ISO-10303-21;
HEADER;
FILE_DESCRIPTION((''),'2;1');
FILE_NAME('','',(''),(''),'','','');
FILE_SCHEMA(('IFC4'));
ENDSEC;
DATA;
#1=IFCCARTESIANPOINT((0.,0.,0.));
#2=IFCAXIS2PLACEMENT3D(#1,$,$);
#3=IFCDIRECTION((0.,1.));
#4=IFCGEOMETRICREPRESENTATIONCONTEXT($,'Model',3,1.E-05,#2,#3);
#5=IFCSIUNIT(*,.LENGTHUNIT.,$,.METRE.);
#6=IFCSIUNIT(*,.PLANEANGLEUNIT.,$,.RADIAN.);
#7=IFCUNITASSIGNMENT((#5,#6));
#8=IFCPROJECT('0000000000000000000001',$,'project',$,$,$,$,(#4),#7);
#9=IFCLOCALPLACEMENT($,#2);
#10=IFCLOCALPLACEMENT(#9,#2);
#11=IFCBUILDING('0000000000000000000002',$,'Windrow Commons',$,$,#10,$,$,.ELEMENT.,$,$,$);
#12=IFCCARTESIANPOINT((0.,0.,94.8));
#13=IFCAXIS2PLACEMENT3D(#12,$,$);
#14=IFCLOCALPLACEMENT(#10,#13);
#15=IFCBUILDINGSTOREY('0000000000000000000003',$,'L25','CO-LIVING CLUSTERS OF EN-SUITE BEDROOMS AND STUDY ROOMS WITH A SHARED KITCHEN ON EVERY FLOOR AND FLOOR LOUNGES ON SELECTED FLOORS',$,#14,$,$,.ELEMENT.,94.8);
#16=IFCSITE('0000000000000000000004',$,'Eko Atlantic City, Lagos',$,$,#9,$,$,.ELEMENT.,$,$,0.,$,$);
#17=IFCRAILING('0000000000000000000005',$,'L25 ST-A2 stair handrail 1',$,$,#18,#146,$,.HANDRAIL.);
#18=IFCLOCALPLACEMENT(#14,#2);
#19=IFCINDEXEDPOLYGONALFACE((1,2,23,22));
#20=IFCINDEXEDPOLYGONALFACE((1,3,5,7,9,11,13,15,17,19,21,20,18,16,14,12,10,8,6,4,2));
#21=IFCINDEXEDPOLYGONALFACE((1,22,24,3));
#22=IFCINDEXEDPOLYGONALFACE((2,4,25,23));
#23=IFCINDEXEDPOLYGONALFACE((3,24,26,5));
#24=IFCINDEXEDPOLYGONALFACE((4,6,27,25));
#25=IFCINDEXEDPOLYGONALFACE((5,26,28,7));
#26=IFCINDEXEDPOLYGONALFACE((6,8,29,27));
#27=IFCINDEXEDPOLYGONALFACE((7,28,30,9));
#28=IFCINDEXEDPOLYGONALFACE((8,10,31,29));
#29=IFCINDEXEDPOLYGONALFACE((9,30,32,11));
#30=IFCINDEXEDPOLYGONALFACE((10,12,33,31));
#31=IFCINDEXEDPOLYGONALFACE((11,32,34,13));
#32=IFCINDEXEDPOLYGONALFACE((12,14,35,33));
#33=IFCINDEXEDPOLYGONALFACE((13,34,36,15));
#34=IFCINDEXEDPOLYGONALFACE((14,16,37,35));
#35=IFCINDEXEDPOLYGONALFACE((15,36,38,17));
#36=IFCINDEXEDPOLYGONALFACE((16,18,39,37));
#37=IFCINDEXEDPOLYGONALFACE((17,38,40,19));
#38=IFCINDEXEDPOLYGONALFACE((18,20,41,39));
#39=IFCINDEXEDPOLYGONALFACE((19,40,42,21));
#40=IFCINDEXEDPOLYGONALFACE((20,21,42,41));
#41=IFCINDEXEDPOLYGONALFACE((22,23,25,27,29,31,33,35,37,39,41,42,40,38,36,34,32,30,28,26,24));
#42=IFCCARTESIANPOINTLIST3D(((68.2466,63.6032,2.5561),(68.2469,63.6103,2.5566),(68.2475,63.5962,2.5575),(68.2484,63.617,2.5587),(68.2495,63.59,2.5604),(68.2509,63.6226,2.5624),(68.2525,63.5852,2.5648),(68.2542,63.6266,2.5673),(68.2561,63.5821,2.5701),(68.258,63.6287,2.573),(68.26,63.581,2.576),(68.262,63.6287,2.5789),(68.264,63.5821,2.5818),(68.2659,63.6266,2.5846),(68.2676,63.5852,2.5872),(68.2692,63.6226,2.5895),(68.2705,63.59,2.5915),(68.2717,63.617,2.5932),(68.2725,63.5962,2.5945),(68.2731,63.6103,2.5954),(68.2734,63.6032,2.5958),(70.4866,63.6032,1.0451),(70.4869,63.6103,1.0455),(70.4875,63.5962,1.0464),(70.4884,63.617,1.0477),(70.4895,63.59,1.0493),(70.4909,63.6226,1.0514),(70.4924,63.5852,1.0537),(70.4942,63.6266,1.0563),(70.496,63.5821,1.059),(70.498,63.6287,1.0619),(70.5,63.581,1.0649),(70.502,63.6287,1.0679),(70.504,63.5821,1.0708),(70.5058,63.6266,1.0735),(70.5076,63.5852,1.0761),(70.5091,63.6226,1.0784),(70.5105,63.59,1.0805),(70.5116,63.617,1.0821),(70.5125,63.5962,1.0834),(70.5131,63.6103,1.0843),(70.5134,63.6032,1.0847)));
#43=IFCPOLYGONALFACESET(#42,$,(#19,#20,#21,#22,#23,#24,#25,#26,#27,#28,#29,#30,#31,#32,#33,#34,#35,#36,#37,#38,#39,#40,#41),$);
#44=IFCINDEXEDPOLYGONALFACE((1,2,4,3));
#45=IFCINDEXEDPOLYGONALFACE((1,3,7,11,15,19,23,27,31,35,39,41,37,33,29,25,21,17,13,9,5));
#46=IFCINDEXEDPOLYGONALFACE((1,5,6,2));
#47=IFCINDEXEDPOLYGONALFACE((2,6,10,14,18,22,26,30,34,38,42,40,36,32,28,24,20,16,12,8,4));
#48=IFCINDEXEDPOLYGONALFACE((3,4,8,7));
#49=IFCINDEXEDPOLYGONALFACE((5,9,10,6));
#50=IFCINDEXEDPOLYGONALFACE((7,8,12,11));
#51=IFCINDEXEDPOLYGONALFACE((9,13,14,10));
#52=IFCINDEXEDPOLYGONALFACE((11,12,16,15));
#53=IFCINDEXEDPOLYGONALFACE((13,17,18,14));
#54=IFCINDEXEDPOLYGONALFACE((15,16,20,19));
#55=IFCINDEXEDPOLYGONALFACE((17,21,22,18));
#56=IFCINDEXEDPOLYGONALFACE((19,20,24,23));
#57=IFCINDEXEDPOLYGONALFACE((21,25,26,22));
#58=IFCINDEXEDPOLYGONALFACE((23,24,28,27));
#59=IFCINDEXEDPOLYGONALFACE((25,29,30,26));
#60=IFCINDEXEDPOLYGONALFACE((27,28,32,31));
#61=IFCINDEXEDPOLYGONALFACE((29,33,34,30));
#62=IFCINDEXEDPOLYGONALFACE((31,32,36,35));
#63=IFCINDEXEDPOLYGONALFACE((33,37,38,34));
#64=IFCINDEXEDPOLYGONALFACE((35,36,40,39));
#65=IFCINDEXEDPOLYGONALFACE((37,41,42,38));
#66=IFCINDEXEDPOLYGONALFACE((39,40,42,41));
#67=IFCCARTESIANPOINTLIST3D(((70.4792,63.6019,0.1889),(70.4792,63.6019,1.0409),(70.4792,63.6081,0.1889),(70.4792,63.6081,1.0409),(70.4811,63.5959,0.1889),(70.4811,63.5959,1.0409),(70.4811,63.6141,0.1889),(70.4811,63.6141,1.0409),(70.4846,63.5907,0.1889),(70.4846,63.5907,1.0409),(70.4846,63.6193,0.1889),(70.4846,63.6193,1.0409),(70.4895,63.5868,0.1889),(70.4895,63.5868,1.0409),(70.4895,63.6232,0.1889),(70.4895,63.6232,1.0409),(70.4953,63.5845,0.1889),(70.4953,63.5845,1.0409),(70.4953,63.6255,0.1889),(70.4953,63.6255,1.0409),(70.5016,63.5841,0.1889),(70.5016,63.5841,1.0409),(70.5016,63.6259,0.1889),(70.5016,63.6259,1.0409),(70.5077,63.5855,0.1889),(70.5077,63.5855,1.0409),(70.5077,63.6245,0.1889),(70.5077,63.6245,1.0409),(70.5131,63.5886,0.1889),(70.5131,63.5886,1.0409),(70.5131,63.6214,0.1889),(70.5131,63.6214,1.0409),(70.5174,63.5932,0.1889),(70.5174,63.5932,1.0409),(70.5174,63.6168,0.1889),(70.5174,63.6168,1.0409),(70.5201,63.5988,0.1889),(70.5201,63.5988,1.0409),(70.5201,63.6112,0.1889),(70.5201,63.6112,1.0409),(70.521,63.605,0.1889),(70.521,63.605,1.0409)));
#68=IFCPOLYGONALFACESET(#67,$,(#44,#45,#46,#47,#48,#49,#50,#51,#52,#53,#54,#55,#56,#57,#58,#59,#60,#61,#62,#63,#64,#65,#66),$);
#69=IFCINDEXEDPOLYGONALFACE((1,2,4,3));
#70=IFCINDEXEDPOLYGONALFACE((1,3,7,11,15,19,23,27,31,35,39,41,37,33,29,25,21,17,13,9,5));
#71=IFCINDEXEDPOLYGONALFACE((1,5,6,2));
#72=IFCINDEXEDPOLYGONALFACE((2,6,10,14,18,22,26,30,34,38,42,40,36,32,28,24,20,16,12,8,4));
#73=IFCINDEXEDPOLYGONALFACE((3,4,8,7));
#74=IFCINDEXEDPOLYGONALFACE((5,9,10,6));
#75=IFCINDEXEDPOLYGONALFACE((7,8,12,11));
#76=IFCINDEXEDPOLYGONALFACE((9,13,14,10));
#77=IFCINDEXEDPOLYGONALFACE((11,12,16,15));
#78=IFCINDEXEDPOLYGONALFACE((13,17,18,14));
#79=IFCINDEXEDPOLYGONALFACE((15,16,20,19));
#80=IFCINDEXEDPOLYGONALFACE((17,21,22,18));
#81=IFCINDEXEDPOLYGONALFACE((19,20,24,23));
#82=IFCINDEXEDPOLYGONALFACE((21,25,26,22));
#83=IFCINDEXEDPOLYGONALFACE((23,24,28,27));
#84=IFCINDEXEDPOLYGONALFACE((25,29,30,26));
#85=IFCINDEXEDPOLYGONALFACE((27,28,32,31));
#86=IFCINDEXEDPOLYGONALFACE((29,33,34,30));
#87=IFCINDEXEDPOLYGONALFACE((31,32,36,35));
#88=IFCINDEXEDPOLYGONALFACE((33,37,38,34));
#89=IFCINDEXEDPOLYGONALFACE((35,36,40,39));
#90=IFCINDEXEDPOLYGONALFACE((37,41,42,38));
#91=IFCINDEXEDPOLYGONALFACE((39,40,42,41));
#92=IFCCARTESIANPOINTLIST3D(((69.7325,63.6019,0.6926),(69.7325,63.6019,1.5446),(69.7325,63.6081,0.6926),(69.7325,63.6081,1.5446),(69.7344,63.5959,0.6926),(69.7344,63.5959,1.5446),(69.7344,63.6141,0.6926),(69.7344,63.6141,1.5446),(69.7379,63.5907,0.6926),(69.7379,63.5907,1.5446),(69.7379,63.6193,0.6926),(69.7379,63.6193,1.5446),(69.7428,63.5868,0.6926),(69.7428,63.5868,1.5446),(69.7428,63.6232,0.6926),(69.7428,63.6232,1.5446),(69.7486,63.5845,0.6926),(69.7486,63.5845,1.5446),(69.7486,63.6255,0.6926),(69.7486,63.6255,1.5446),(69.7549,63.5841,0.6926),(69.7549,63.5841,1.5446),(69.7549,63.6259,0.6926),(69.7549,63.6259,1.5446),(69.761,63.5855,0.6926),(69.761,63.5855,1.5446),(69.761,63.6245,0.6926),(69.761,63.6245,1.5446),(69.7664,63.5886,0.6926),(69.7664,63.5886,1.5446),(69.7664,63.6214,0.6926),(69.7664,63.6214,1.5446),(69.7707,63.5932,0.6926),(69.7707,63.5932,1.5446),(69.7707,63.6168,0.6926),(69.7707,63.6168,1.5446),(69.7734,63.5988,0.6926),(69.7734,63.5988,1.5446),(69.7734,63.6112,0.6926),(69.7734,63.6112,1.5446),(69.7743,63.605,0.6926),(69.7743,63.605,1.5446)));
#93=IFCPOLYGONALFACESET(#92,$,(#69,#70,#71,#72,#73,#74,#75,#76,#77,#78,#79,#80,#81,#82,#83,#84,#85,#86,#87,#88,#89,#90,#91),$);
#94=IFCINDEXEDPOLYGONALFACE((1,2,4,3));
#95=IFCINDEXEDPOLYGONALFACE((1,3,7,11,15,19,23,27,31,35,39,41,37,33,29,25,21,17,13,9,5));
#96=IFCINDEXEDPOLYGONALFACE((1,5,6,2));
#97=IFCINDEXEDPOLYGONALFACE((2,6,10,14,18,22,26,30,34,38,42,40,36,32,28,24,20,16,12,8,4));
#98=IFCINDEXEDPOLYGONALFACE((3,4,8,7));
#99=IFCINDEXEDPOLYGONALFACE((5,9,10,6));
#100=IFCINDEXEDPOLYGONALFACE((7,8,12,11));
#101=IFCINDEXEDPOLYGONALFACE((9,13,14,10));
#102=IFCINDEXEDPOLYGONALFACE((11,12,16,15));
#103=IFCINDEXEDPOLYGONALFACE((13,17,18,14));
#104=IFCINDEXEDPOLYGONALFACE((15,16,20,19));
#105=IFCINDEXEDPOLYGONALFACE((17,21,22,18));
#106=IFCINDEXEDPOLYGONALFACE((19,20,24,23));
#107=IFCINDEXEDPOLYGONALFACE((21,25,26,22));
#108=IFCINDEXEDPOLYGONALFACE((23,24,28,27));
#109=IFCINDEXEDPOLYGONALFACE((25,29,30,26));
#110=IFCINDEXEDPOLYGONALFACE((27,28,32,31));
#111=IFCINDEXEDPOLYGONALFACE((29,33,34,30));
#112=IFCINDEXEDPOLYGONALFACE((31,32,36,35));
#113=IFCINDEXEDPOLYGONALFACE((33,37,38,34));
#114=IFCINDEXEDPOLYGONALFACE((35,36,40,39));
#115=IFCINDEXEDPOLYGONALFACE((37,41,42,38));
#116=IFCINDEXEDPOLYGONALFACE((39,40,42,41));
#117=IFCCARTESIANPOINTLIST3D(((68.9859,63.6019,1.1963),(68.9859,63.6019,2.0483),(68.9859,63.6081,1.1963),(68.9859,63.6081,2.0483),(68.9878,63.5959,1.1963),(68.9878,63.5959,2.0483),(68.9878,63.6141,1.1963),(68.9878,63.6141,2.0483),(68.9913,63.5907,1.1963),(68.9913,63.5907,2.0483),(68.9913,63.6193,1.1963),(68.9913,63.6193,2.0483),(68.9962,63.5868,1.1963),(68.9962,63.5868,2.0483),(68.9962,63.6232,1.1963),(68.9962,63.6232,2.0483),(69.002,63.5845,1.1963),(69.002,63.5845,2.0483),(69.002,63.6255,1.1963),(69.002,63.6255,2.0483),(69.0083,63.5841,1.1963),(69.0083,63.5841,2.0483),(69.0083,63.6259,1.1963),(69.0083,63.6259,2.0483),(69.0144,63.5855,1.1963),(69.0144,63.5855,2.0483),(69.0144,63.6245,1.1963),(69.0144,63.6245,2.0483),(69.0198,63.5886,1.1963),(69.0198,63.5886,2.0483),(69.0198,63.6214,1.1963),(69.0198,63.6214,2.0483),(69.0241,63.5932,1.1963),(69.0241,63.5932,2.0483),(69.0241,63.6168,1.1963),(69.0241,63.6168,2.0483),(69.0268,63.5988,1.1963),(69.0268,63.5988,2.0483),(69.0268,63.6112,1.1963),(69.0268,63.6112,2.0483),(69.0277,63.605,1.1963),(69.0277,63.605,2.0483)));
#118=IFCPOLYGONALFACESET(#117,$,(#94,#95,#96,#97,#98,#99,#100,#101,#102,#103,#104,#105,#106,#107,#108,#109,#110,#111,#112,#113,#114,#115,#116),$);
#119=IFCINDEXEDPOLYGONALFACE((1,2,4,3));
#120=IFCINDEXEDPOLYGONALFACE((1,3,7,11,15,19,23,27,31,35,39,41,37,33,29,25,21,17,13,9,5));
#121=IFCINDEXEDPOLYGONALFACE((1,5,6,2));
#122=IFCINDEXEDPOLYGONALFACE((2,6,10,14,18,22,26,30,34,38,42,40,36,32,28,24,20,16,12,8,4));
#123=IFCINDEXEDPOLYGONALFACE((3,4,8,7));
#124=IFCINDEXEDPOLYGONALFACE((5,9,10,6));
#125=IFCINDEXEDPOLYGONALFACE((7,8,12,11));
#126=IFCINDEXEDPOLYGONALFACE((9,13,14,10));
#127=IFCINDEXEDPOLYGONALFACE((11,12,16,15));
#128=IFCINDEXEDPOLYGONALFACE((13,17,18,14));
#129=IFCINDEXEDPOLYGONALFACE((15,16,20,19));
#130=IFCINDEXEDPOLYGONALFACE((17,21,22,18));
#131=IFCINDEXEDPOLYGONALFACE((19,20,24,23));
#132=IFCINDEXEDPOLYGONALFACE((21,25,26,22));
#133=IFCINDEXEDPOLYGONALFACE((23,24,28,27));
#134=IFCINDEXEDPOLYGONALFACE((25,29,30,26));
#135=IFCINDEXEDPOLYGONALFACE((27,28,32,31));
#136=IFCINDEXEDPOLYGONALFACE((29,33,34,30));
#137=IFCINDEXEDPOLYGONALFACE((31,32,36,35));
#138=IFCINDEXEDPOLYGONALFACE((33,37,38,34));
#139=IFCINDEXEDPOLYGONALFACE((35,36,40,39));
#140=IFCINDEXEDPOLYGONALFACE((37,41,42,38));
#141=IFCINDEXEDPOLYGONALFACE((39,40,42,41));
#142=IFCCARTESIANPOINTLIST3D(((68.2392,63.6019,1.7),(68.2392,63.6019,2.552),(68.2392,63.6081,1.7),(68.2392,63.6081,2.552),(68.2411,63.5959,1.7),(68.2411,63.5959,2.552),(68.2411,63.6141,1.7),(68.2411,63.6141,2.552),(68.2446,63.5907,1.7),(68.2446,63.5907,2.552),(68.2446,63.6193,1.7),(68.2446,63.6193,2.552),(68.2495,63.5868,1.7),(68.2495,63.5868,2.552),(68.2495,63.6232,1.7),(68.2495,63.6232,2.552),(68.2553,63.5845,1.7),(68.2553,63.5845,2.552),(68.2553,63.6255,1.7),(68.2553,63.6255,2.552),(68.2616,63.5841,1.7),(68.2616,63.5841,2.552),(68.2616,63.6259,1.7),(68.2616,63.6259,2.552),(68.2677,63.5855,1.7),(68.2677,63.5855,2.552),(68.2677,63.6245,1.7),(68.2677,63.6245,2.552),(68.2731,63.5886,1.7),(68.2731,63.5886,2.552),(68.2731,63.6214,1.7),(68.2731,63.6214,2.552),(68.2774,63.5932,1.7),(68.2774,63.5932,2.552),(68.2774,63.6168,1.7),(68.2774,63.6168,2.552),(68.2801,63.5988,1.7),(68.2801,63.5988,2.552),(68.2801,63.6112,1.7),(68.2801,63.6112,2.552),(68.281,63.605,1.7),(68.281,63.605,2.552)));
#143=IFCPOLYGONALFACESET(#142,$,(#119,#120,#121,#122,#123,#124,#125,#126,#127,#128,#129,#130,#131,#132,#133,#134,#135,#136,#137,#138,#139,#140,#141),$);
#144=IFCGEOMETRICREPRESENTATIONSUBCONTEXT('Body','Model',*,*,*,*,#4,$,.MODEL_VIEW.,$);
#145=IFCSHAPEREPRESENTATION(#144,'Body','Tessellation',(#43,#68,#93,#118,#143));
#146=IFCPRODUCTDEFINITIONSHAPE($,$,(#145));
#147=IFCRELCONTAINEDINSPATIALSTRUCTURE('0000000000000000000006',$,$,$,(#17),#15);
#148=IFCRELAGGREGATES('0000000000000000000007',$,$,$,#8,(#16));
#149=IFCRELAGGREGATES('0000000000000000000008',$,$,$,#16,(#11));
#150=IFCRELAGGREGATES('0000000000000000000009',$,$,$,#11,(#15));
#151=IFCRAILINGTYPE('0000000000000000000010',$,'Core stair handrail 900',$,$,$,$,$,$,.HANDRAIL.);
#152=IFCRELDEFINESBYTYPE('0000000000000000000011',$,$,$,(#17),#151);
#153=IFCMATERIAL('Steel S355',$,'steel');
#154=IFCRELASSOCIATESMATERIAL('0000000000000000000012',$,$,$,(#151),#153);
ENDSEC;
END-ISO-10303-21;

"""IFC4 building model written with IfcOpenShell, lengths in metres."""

from ifc_helpers import new_model, si_unit, direction, frame, origin, origin_2d, place, context, subcontext, project, spatial, circle, extrude, material, type_object, element, save


model = new_model("IFC4")

# Units and contexts
model_context = context("Model", 3, precision=1e-05, world=origin(), true_north=direction((0.0, 1.0)))
body_context = subcontext(model_context, "Body", "Model", "MODEL_VIEW")
ifc_project = project(units=[si_unit("LENGTHUNIT", "METRE"), si_unit("PLANEANGLEUNIT", "RADIAN")], contexts=[model_context])

# Site, building, storey
site_placement = place(None, origin())
site = spatial("IfcSite", under=ifc_project, at=site_placement, Name="Eko Atlantic City, Lagos", CompositionType="ELEMENT", RefElevation=0.0)
building_placement = place(site_placement, origin())
building = spatial("IfcBuilding", under=site, at=building_placement, Name="Windrow Commons", CompositionType="ELEMENT")
storey_placement = place(building_placement, frame((0.0, 0.0, 94.8)))
storey = spatial("IfcBuildingStorey", under=building, at=storey_placement, Name="L25", Description="CO-LIVING CLUSTERS OF EN-SUITE BEDROOMS AND STUDY ROOMS WITH A SHARED KITCHEN ON EVERY FLOOR AND FLOOR LOUNGES ON SELECTED FLOORS", CompositionType="ELEMENT", Elevation=94.8)

# Railing
ifc_material_1 = material(Name="Steel S355", Category="steel")
railing_type_1 = type_object("IfcRailingType", Name="Core stair handrail 900", PredefinedType="HANDRAIL", material=ifc_material_1)
railing_1_placement = place(storey_placement, frame((70.5, 63.605, 0.1889)))
element("IfcRailing", 1, at=railing_1_placement, inside=storey, type_object=railing_type_1, Name="L25 ST-A2 stair handrail 1", PredefinedType="HANDRAIL", context=body_context, shape_type="SweptSolid", body=[
    extrude(circle(Radius=0.024, at=origin_2d()), frame((0.0, 0.0, 0.876), z_axis=(-0.829003, 0.0, 0.559244), x_axis=(0.0, -1.0, 0.0)), (0.0, 0.0, 1.0), 2.702),
    extrude(circle(Radius=0.021, at=origin_2d()), origin(), (0.0, 0.0, 1.0), 0.852),
    extrude(circle(Radius=0.021, at=origin_2d()), frame((-0.7467, 0.0, 0.5037)), (0.0, 0.0, 1.0), 0.852),
    extrude(circle(Radius=0.021, at=origin_2d()), frame((-1.4933, 0.0, 1.0074)), (0.0, 0.0, 1.0), 0.852),
    extrude(circle(Radius=0.021, at=origin_2d()), frame((-2.24, 0.0, 1.5111)), (0.0, 0.0, 1.0), 0.852),
])

save(model, "model.ifc")
